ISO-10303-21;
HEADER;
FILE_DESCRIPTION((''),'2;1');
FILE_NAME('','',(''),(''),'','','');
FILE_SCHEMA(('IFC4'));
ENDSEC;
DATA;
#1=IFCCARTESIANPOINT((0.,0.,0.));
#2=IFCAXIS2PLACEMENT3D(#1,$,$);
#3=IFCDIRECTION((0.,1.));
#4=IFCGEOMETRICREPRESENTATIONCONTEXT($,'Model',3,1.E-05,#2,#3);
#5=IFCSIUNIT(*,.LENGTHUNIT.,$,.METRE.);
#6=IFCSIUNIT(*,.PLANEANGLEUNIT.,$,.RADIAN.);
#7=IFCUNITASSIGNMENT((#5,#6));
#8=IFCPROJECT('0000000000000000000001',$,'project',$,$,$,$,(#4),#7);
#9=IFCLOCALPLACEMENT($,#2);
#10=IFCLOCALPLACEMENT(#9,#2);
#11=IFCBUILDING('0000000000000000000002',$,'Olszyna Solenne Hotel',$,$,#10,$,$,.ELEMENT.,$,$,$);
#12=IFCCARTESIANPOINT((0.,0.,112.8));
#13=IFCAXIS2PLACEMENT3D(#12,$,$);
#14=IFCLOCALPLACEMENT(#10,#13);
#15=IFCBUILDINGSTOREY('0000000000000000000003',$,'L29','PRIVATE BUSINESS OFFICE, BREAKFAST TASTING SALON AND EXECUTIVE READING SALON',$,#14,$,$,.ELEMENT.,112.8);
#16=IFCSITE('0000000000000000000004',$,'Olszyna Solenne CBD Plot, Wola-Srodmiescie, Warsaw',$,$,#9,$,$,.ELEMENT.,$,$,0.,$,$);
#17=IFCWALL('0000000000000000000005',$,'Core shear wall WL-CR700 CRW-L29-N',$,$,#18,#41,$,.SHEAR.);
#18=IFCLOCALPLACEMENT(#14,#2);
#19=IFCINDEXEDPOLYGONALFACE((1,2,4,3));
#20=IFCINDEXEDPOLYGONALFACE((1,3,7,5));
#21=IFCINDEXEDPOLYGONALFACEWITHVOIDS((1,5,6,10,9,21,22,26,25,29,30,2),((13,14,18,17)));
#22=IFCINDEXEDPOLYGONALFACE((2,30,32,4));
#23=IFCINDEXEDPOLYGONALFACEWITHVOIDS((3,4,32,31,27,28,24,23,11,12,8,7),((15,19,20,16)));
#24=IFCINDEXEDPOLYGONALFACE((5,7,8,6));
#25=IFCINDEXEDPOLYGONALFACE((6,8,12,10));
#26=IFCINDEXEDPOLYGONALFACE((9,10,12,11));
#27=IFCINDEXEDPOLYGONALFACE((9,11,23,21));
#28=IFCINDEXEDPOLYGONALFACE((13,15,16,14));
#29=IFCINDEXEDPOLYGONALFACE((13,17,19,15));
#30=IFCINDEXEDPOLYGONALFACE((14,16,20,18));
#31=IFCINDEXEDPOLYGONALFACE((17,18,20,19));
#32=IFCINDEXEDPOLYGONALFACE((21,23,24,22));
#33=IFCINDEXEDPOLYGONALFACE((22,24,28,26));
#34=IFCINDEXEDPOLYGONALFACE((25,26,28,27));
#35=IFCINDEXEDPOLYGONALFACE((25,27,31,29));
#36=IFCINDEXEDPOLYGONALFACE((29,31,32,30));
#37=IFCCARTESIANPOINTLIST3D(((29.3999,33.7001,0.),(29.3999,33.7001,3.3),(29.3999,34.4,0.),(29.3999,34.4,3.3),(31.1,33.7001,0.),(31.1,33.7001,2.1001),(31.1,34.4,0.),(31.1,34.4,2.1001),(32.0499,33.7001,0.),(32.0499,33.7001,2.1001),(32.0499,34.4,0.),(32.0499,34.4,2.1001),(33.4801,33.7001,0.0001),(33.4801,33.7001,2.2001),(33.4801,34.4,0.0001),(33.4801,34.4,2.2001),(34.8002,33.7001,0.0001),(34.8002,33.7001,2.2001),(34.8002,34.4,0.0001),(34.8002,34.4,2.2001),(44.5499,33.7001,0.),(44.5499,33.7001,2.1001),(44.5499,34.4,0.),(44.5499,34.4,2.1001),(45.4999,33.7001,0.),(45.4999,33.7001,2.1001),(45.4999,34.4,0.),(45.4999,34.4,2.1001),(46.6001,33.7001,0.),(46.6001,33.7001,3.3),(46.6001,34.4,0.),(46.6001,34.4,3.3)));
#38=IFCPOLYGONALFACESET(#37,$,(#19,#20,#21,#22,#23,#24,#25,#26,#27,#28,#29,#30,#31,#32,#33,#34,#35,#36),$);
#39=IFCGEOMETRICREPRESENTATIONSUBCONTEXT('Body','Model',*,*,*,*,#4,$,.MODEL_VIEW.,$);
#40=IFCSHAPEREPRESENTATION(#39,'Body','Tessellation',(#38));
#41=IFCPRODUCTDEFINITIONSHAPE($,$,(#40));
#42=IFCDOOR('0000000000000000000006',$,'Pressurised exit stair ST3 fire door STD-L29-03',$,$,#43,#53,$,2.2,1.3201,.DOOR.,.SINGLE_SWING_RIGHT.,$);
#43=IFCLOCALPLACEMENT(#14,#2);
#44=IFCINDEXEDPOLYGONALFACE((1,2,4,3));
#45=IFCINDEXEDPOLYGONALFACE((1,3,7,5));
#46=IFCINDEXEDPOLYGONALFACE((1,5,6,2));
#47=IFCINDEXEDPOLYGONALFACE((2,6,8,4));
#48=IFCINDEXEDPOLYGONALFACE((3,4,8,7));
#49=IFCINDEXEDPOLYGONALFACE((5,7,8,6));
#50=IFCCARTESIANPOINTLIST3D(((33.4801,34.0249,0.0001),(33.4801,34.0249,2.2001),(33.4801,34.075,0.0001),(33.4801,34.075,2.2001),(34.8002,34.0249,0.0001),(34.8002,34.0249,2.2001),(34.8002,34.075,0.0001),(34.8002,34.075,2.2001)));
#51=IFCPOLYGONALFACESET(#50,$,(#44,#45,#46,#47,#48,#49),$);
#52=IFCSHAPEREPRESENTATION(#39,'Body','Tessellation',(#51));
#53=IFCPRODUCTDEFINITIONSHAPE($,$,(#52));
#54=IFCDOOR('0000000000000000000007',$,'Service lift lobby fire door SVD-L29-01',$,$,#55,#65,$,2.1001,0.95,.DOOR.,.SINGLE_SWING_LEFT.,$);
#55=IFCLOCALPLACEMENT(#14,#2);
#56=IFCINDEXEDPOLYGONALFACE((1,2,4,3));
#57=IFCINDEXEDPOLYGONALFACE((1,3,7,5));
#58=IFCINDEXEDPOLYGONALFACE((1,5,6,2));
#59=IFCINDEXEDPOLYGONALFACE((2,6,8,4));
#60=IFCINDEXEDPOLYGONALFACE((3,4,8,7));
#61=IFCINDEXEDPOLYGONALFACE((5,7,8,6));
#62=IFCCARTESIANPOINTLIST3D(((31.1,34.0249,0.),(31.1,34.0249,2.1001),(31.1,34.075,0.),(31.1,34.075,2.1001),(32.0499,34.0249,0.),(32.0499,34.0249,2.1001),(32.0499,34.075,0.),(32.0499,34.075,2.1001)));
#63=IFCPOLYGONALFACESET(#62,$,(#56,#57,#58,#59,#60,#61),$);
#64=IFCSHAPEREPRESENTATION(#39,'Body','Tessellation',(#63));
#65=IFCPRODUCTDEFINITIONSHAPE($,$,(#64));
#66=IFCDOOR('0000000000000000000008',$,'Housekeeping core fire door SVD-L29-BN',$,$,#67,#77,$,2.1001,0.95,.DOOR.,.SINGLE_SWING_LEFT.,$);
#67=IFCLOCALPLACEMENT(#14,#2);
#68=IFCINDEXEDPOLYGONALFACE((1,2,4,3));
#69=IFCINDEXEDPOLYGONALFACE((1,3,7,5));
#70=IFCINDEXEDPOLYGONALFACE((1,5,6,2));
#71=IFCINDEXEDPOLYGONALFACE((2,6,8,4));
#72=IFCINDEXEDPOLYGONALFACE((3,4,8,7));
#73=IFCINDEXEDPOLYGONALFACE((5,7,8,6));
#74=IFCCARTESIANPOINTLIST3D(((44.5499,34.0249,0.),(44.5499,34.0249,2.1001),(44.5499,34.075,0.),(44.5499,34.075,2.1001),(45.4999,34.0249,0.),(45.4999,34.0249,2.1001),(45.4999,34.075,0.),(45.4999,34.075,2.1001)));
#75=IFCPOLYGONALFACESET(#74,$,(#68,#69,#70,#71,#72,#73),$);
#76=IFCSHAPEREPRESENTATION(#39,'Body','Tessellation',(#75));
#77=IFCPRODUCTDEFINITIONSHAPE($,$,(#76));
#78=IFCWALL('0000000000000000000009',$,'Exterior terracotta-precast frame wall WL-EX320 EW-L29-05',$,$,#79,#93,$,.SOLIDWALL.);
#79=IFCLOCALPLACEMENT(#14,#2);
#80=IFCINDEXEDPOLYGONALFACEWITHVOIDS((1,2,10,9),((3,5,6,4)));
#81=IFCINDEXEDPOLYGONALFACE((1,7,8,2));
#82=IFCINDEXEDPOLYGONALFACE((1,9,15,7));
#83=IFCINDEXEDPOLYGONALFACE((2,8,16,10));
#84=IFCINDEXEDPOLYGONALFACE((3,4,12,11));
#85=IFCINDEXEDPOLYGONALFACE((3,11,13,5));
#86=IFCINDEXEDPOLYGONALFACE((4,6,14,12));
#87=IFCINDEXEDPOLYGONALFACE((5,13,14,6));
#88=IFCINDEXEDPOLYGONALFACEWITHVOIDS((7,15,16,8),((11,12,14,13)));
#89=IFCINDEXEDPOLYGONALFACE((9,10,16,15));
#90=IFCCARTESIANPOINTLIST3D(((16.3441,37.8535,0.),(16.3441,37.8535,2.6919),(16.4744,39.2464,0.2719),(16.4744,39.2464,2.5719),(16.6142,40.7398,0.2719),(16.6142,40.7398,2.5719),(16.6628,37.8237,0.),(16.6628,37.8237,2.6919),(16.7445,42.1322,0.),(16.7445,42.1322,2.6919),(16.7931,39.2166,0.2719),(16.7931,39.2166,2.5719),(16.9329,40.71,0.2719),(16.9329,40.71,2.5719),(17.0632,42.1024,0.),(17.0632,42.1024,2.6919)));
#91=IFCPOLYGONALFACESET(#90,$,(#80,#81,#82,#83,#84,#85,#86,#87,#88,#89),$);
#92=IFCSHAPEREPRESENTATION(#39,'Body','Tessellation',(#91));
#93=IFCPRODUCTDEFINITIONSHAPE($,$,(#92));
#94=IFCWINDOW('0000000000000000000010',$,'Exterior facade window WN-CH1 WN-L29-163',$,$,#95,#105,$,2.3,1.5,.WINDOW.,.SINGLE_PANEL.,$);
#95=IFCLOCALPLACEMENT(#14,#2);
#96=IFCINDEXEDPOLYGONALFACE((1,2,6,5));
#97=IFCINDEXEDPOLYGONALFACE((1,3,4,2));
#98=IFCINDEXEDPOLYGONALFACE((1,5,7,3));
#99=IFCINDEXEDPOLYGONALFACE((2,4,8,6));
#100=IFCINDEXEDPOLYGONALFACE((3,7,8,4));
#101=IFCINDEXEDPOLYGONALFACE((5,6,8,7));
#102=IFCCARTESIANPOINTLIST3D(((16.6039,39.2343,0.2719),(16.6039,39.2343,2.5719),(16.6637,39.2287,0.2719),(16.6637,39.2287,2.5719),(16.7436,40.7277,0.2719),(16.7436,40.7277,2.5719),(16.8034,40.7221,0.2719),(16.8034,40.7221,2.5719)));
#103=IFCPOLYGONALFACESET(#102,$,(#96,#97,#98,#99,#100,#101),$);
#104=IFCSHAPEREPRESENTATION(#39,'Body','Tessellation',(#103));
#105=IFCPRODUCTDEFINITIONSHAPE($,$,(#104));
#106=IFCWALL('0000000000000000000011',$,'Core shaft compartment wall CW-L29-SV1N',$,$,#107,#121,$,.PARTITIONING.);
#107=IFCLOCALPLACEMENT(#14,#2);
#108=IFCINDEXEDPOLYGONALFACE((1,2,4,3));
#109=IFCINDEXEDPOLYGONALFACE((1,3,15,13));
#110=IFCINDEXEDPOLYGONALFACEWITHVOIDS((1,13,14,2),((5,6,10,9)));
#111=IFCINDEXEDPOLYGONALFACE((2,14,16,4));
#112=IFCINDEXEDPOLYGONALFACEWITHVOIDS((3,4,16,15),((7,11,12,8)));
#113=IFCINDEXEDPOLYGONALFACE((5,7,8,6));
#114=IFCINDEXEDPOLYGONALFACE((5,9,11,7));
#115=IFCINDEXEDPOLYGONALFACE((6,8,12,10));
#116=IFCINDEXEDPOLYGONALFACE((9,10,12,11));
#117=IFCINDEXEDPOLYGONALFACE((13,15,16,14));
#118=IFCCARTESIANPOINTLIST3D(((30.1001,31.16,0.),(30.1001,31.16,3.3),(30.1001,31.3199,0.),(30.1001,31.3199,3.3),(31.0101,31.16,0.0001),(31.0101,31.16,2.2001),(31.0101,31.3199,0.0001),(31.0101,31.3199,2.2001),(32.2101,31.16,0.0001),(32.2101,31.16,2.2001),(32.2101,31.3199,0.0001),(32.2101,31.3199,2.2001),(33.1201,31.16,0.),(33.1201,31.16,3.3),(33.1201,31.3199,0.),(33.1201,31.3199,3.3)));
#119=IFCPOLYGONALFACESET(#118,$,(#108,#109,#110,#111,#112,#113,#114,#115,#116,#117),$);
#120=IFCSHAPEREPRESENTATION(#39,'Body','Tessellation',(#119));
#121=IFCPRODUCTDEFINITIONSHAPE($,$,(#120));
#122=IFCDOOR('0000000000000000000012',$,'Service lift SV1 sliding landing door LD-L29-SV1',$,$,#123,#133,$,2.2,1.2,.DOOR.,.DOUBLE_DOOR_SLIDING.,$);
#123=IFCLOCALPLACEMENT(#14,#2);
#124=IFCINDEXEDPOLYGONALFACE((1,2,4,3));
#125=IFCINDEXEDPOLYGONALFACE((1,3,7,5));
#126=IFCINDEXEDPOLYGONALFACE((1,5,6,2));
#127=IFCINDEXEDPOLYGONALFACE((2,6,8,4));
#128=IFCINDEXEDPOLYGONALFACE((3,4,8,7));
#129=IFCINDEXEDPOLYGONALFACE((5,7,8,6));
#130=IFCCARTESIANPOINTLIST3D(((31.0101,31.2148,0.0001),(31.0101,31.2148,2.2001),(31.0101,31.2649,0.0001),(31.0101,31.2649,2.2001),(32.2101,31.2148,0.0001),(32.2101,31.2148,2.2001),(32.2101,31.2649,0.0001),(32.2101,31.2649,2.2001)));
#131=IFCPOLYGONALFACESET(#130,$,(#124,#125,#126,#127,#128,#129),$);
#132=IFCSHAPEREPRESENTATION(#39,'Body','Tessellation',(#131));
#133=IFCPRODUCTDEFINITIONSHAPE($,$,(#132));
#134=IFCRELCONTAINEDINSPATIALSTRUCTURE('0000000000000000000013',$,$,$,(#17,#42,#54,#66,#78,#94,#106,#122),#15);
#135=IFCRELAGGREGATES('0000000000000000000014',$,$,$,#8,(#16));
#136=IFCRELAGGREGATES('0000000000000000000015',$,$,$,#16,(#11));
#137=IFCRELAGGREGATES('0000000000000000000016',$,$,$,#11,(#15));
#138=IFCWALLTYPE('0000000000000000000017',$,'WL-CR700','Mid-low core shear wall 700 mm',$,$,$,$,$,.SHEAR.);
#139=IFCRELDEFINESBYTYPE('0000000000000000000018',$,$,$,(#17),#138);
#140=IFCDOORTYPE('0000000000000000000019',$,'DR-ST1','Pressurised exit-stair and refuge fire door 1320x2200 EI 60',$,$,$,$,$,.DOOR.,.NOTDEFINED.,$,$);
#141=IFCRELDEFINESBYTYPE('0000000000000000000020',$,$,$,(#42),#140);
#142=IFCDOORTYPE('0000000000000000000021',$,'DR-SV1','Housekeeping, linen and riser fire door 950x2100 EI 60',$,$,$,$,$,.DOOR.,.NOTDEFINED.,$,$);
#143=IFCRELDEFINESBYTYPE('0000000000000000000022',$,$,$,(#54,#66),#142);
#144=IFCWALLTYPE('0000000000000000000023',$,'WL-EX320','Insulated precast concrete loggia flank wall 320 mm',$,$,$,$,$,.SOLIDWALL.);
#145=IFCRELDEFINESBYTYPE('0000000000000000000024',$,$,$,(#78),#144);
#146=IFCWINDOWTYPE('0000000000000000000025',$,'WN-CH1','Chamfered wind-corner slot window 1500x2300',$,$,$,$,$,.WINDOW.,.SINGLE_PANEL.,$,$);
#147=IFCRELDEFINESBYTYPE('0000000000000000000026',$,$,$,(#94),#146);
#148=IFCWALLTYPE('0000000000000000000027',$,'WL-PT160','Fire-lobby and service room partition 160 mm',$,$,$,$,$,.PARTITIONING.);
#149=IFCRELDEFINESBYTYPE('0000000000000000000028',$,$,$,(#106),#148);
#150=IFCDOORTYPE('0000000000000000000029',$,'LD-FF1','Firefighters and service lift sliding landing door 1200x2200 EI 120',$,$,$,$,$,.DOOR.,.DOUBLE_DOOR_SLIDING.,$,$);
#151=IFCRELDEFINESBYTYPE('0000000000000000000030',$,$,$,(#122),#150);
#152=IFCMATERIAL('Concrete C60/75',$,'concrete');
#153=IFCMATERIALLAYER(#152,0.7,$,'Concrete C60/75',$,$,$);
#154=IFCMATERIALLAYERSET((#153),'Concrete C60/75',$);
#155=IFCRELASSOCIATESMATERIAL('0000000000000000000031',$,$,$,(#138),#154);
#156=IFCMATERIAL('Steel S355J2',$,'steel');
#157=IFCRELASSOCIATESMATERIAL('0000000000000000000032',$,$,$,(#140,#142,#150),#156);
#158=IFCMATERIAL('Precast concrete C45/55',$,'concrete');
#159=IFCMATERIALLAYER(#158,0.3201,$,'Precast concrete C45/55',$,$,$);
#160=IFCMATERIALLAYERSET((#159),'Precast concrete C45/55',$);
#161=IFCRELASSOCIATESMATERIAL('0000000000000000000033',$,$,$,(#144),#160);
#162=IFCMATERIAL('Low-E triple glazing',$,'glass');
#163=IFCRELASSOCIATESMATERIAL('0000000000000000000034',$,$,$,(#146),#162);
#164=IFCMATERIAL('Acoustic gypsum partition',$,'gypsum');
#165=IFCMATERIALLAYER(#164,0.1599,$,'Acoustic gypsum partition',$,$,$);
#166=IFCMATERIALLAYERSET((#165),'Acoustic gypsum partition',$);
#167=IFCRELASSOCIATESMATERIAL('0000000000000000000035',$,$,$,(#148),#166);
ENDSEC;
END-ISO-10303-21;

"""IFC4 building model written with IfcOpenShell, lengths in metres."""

from ifc_helpers import new_model, si_unit, direction, frame, frame_2d, origin, place, context, subcontext, project, spatial, rectangle, extrude, source, transform, mapped, material, layer, layer_set, type_object, type_shapes, element, fill, save


model = new_model("IFC4")

# Units and contexts
model_context = context("Model", 3, precision=1e-05, world=origin(), true_north=direction((0.0, 1.0)))
body_context = subcontext(model_context, "Body", "Model", "MODEL_VIEW")
ifc_project = project(units=[si_unit("LENGTHUNIT", "METRE"), si_unit("PLANEANGLEUNIT", "RADIAN")], contexts=[model_context])

# Site, building, storey
site_placement = place(None, origin())
site = spatial("IfcSite", under=ifc_project, at=site_placement, Name="Olszyna Solenne CBD Plot, Wola-Srodmiescie, Warsaw", CompositionType="ELEMENT", RefElevation=0.0)
building_placement = place(site_placement, origin())
building = spatial("IfcBuilding", under=site, at=building_placement, Name="Olszyna Solenne Hotel", CompositionType="ELEMENT")
storey_placement = place(building_placement, frame((0.0, 0.0, 112.8)))
storey = spatial("IfcBuildingStorey", under=building, at=storey_placement, Name="L29", Description="PRIVATE BUSINESS OFFICE, BREAKFAST TASTING SALON AND EXECUTIVE READING SALON", CompositionType="ELEMENT", Elevation=112.8)

# Shared definitions
ifc_material_1 = material(Name="Steel S355J2", Category="steel")

# Wall, openings, doors
ifc_material_2 = material(Name="Concrete C60/75", Category="concrete")
ifc_layer_1 = layer(ifc_material_2, 0.7, Name="Concrete C60/75")
ifc_layer_set_1 = layer_set([ifc_layer_1], Name="Concrete C60/75")
wall_type_1 = type_object("IfcWallType", Name="WL-CR700", Description="Mid-low core shear wall 700 mm", PredefinedType="SHEAR", material=ifc_layer_set_1)
wall_1_placement = place(storey_placement, frame((29.3999, 34.05, 0.0), z_axis=(0.0, 0.0, 1.0), x_axis=(1.0, 0.0, 0.0)))
wall_1 = element("IfcWall", 1, at=wall_1_placement, inside=storey, type_object=wall_type_1, Name="Core shear wall WL-CR700 CRW-L29-N", PredefinedType="SHEAR", context=body_context, shape_type="SweptSolid", body=[
    extrude(rectangle(XDim=17.2002, YDim=0.7, at=frame_2d((8.6001, 0.0))), origin(), (0.0, 0.0, 1.0), 3.3),
])
opening_1_placement = place(wall_1_placement, frame((1.7, 0.0, 0.0)))
opening_1 = element("IfcOpeningElement", 2, at=opening_1_placement, cuts=wall_1, PredefinedType="OPENING", context=body_context, shape_type="SweptSolid", body=[
    extrude(rectangle(XDim=0.95, YDim=2.1001, at=frame_2d((0.4751, 1.05))), frame((0.0, 0.3599, 0.0), z_axis=(0.0, -1.0, 0.0), x_axis=(1.0, 0.0, 0.0)), (0.0, 0.0, 1.0), 0.72),
])
opening_2_placement = place(wall_1_placement, frame((4.0801, 0.0, 0.0)))
opening_2 = element("IfcOpeningElement", 3, at=opening_2_placement, cuts=wall_1, PredefinedType="OPENING", context=body_context, shape_type="SweptSolid", body=[
    extrude(rectangle(XDim=1.3201, YDim=2.2, at=frame_2d((0.6602, 1.1001))), frame((0.0, 0.3599, 0.0), z_axis=(0.0, -1.0, 0.0), x_axis=(1.0, 0.0, 0.0)), (0.0, 0.0, 1.0), 0.72),
])
opening_3_placement = place(wall_1_placement, frame((15.1499, 0.0, 0.0)))
opening_3 = element("IfcOpeningElement", 4, at=opening_3_placement, cuts=wall_1, PredefinedType="OPENING", context=body_context, shape_type="SweptSolid", body=[
    extrude(rectangle(XDim=0.95, YDim=2.1001, at=frame_2d((0.4751, 1.05))), frame((0.0, 0.3599, 0.0), z_axis=(0.0, -1.0, 0.0), x_axis=(1.0, 0.0, 0.0)), (0.0, 0.0, 1.0), 0.72),
])
door_type_1 = type_object("IfcDoorType", Name="DR-ST1", Description="Pressurised exit-stair and refuge fire door 1320x2200 EI 60", OperationType="NOTDEFINED", PredefinedType="DOOR", material=ifc_material_1)
shared_shape_1 = source(origin(), body_context, "Body", "SweptSolid", [
    extrude(rectangle(XDim=1.3201, YDim=2.2, at=frame_2d((0.6602, 1.1001))), frame((0.0, 0.0249, 0.0), z_axis=(0.0, -1.0, 0.0), x_axis=(1.0, 0.0, 0.0)), (0.0, 0.0, 1.0), 0.05),
])
type_shapes(door_type_1, [shared_shape_1])
door_1_placement = place(opening_2_placement, origin())
door_1 = element("IfcDoor", 5, at=door_1_placement, inside=storey, type_object=door_type_1, Name="Pressurised exit stair ST3 fire door STD-L29-03", OperationType="SINGLE_SWING_RIGHT", OverallHeight=2.2, OverallWidth=1.3201, PredefinedType="DOOR", context=body_context, shape_type="MappedRepresentation", body=[
    mapped(shared_shape_1, transform((0.0, 0.0, 0.0), x_axis=(1.0, 0.0, 0.0), y_axis=(0.0, 1.0, 0.0), z_axis=(0.0, 0.0, 1.0), scale=1.0)),
])
fill(opening_2, door_1)
door_type_2 = type_object("IfcDoorType", Name="DR-SV1", Description="Housekeeping, linen and riser fire door 950x2100 EI 60", OperationType="NOTDEFINED", PredefinedType="DOOR", material=ifc_material_1)
shared_shape_2 = source(origin(), body_context, "Body", "SweptSolid", [
    extrude(rectangle(XDim=0.95, YDim=2.1001, at=frame_2d((0.4751, 1.05))), frame((0.0, 0.0249, 0.0), z_axis=(0.0, -1.0, 0.0), x_axis=(1.0, 0.0, 0.0)), (0.0, 0.0, 1.0), 0.05),
])
type_shapes(door_type_2, [shared_shape_2])
door_2_placement = place(opening_1_placement, origin())
door_2 = element("IfcDoor", 6, at=door_2_placement, inside=storey, type_object=door_type_2, Name="Service lift lobby fire door SVD-L29-01", OperationType="SINGLE_SWING_LEFT", OverallHeight=2.1001, OverallWidth=0.95, PredefinedType="DOOR", context=body_context, shape_type="MappedRepresentation", body=[
    mapped(shared_shape_2, transform((0.0, 0.0, 0.0), x_axis=(1.0, 0.0, 0.0), y_axis=(0.0, 1.0, 0.0), z_axis=(0.0, 0.0, 1.0), scale=1.0)),
])
fill(opening_1, door_2)
door_3_placement = place(opening_3_placement, origin())
door_3 = element("IfcDoor", 7, at=door_3_placement, inside=storey, type_object=door_type_2, Name="Housekeeping core fire door SVD-L29-BN", OperationType="SINGLE_SWING_LEFT", OverallHeight=2.1001, OverallWidth=0.95, PredefinedType="DOOR", context=body_context, shape_type="MappedRepresentation", body=[
    mapped(shared_shape_2, transform((0.0, 0.0, 0.0), x_axis=(1.0, 0.0, 0.0), y_axis=(0.0, 1.0, 0.0), z_axis=(0.0, 0.0, 1.0), scale=1.0)),
])
fill(opening_3, door_3)

# Wall, opening, window
ifc_material_3 = material(Name="Precast concrete C45/55", Category="concrete")
ifc_layer_2 = layer(ifc_material_3, 0.3201, Name="Precast concrete C45/55")
ifc_layer_set_2 = layer_set([ifc_layer_2], Name="Precast concrete C45/55")
wall_type_2 = type_object("IfcWallType", Name="WL-EX320", Description="Insulated precast concrete loggia flank wall 320 mm", PredefinedType="SOLIDWALL", material=ifc_layer_set_2)
wall_2_placement = place(storey_placement, frame((16.5034, 37.8386, 0.0), z_axis=(0.0, 0.0, 1.0), x_axis=(0.093174, 0.99565, 0.0)))
wall_2 = element("IfcWall", 8, at=wall_2_placement, inside=storey, type_object=wall_type_2, Name="Exterior terracotta-precast frame wall WL-EX320 EW-L29-05", PredefinedType="SOLIDWALL", context=body_context, shape_type="SweptSolid", body=[
    extrude(rectangle(XDim=4.2974, YDim=0.3201, at=frame_2d((2.1487, 0.0))), origin(), (0.0, 0.0, 1.0), 2.6919),
])
opening_4_placement = place(wall_2_placement, frame((1.3989, 0.0, 0.272)))
opening_4 = element("IfcOpeningElement", 9, at=opening_4_placement, cuts=wall_2, PredefinedType="OPENING", context=body_context, shape_type="SweptSolid", body=[
    extrude(rectangle(XDim=1.5, YDim=2.3, at=frame_2d((0.75, 1.1499))), frame((0.0, 0.1699, 0.0), z_axis=(0.0, -1.0, 0.0), x_axis=(1.0, 0.0, 0.0)), (0.0, 0.0, 1.0), 0.3401),
])
ifc_material_4 = material(Name="Low-E triple glazing", Category="glass")
window_type = type_object("IfcWindowType", Name="WN-CH1", Description="Chamfered wind-corner slot window 1500x2300", PartitioningType="SINGLE_PANEL", PredefinedType="WINDOW", material=ifc_material_4)
shared_shape_3 = source(origin(), body_context, "Body", "SweptSolid", [
    extrude(rectangle(XDim=1.5, YDim=2.3, at=frame_2d((0.75, 1.1499))), frame((0.0, 0.03, 0.0), z_axis=(0.0, -1.0, 0.0), x_axis=(1.0, 0.0, 0.0)), (0.0, 0.0, 1.0), 0.0601),
])
type_shapes(window_type, [shared_shape_3])
window_placement = place(opening_4_placement, origin())
window = element("IfcWindow", 10, at=window_placement, inside=storey, type_object=window_type, Name="Exterior facade window WN-CH1 WN-L29-163", OverallHeight=2.3, OverallWidth=1.5, PartitioningType="SINGLE_PANEL", PredefinedType="WINDOW", context=body_context, shape_type="MappedRepresentation", body=[
    mapped(shared_shape_3, transform((0.0, 0.0, 0.0), x_axis=(1.0, 0.0, 0.0), y_axis=(0.0, 1.0, 0.0), z_axis=(0.0, 0.0, 1.0), scale=1.0)),
])
fill(opening_4, window)

# Wall, opening, door
ifc_material_5 = material(Name="Acoustic gypsum partition", Category="gypsum")
ifc_layer_3 = layer(ifc_material_5, 0.1599, Name="Acoustic gypsum partition")
ifc_layer_set_3 = layer_set([ifc_layer_3], Name="Acoustic gypsum partition")
wall_type_3 = type_object("IfcWallType", Name="WL-PT160", Description="Fire-lobby and service room partition 160 mm", PredefinedType="PARTITIONING", material=ifc_layer_set_3)
wall_3_placement = place(storey_placement, frame((30.1001, 31.24, 0.0), z_axis=(0.0, 0.0, 1.0), x_axis=(1.0, 0.0, 0.0)))
wall_3 = element("IfcWall", 11, at=wall_3_placement, inside=storey, type_object=wall_type_3, Name="Core shaft compartment wall CW-L29-SV1N", PredefinedType="PARTITIONING", context=body_context, shape_type="SweptSolid", body=[
    extrude(rectangle(XDim=3.02, YDim=0.1599, at=frame_2d((1.51, 0.0))), origin(), (0.0, 0.0, 1.0), 3.3),
])
opening_5_placement = place(wall_3_placement, frame((0.9099, 0.0, 0.0)))
opening_5 = element("IfcOpeningElement", 12, at=opening_5_placement, cuts=wall_3, PredefinedType="OPENING", context=body_context, shape_type="SweptSolid", body=[
    extrude(rectangle(XDim=1.2, YDim=2.2, at=frame_2d((0.6001, 1.1001))), frame((0.0, 0.0898, 0.0), z_axis=(0.0, -1.0, 0.0), x_axis=(1.0, 0.0, 0.0)), (0.0, 0.0, 1.0), 0.1799),
])
door_type_3 = type_object("IfcDoorType", Name="LD-FF1", Description="Firefighters and service lift sliding landing door 1200x2200 EI 120", OperationType="DOUBLE_DOOR_SLIDING", PredefinedType="DOOR", material=ifc_material_1)
shared_shape_4 = source(origin(), body_context, "Body", "SweptSolid", [
    extrude(rectangle(XDim=1.2, YDim=2.2, at=frame_2d((0.6001, 1.1001))), frame((0.0, 0.0249, 0.0), z_axis=(0.0, -1.0, 0.0), x_axis=(1.0, 0.0, 0.0)), (0.0, 0.0, 1.0), 0.05),
])
type_shapes(door_type_3, [shared_shape_4])
door_4_placement = place(opening_5_placement, origin())
door_4 = element("IfcDoor", 13, at=door_4_placement, inside=storey, type_object=door_type_3, Name="Service lift SV1 sliding landing door LD-L29-SV1", OperationType="DOUBLE_DOOR_SLIDING", OverallHeight=2.2, OverallWidth=1.2, PredefinedType="DOOR", context=body_context, shape_type="MappedRepresentation", body=[
    mapped(shared_shape_4, transform((0.0, 0.0, 0.0), x_axis=(1.0, 0.0, 0.0), y_axis=(0.0, 1.0, 0.0), z_axis=(0.0, 0.0, 1.0), scale=1.0)),
])
fill(opening_5, door_4)

save(model, "model.ifc")
